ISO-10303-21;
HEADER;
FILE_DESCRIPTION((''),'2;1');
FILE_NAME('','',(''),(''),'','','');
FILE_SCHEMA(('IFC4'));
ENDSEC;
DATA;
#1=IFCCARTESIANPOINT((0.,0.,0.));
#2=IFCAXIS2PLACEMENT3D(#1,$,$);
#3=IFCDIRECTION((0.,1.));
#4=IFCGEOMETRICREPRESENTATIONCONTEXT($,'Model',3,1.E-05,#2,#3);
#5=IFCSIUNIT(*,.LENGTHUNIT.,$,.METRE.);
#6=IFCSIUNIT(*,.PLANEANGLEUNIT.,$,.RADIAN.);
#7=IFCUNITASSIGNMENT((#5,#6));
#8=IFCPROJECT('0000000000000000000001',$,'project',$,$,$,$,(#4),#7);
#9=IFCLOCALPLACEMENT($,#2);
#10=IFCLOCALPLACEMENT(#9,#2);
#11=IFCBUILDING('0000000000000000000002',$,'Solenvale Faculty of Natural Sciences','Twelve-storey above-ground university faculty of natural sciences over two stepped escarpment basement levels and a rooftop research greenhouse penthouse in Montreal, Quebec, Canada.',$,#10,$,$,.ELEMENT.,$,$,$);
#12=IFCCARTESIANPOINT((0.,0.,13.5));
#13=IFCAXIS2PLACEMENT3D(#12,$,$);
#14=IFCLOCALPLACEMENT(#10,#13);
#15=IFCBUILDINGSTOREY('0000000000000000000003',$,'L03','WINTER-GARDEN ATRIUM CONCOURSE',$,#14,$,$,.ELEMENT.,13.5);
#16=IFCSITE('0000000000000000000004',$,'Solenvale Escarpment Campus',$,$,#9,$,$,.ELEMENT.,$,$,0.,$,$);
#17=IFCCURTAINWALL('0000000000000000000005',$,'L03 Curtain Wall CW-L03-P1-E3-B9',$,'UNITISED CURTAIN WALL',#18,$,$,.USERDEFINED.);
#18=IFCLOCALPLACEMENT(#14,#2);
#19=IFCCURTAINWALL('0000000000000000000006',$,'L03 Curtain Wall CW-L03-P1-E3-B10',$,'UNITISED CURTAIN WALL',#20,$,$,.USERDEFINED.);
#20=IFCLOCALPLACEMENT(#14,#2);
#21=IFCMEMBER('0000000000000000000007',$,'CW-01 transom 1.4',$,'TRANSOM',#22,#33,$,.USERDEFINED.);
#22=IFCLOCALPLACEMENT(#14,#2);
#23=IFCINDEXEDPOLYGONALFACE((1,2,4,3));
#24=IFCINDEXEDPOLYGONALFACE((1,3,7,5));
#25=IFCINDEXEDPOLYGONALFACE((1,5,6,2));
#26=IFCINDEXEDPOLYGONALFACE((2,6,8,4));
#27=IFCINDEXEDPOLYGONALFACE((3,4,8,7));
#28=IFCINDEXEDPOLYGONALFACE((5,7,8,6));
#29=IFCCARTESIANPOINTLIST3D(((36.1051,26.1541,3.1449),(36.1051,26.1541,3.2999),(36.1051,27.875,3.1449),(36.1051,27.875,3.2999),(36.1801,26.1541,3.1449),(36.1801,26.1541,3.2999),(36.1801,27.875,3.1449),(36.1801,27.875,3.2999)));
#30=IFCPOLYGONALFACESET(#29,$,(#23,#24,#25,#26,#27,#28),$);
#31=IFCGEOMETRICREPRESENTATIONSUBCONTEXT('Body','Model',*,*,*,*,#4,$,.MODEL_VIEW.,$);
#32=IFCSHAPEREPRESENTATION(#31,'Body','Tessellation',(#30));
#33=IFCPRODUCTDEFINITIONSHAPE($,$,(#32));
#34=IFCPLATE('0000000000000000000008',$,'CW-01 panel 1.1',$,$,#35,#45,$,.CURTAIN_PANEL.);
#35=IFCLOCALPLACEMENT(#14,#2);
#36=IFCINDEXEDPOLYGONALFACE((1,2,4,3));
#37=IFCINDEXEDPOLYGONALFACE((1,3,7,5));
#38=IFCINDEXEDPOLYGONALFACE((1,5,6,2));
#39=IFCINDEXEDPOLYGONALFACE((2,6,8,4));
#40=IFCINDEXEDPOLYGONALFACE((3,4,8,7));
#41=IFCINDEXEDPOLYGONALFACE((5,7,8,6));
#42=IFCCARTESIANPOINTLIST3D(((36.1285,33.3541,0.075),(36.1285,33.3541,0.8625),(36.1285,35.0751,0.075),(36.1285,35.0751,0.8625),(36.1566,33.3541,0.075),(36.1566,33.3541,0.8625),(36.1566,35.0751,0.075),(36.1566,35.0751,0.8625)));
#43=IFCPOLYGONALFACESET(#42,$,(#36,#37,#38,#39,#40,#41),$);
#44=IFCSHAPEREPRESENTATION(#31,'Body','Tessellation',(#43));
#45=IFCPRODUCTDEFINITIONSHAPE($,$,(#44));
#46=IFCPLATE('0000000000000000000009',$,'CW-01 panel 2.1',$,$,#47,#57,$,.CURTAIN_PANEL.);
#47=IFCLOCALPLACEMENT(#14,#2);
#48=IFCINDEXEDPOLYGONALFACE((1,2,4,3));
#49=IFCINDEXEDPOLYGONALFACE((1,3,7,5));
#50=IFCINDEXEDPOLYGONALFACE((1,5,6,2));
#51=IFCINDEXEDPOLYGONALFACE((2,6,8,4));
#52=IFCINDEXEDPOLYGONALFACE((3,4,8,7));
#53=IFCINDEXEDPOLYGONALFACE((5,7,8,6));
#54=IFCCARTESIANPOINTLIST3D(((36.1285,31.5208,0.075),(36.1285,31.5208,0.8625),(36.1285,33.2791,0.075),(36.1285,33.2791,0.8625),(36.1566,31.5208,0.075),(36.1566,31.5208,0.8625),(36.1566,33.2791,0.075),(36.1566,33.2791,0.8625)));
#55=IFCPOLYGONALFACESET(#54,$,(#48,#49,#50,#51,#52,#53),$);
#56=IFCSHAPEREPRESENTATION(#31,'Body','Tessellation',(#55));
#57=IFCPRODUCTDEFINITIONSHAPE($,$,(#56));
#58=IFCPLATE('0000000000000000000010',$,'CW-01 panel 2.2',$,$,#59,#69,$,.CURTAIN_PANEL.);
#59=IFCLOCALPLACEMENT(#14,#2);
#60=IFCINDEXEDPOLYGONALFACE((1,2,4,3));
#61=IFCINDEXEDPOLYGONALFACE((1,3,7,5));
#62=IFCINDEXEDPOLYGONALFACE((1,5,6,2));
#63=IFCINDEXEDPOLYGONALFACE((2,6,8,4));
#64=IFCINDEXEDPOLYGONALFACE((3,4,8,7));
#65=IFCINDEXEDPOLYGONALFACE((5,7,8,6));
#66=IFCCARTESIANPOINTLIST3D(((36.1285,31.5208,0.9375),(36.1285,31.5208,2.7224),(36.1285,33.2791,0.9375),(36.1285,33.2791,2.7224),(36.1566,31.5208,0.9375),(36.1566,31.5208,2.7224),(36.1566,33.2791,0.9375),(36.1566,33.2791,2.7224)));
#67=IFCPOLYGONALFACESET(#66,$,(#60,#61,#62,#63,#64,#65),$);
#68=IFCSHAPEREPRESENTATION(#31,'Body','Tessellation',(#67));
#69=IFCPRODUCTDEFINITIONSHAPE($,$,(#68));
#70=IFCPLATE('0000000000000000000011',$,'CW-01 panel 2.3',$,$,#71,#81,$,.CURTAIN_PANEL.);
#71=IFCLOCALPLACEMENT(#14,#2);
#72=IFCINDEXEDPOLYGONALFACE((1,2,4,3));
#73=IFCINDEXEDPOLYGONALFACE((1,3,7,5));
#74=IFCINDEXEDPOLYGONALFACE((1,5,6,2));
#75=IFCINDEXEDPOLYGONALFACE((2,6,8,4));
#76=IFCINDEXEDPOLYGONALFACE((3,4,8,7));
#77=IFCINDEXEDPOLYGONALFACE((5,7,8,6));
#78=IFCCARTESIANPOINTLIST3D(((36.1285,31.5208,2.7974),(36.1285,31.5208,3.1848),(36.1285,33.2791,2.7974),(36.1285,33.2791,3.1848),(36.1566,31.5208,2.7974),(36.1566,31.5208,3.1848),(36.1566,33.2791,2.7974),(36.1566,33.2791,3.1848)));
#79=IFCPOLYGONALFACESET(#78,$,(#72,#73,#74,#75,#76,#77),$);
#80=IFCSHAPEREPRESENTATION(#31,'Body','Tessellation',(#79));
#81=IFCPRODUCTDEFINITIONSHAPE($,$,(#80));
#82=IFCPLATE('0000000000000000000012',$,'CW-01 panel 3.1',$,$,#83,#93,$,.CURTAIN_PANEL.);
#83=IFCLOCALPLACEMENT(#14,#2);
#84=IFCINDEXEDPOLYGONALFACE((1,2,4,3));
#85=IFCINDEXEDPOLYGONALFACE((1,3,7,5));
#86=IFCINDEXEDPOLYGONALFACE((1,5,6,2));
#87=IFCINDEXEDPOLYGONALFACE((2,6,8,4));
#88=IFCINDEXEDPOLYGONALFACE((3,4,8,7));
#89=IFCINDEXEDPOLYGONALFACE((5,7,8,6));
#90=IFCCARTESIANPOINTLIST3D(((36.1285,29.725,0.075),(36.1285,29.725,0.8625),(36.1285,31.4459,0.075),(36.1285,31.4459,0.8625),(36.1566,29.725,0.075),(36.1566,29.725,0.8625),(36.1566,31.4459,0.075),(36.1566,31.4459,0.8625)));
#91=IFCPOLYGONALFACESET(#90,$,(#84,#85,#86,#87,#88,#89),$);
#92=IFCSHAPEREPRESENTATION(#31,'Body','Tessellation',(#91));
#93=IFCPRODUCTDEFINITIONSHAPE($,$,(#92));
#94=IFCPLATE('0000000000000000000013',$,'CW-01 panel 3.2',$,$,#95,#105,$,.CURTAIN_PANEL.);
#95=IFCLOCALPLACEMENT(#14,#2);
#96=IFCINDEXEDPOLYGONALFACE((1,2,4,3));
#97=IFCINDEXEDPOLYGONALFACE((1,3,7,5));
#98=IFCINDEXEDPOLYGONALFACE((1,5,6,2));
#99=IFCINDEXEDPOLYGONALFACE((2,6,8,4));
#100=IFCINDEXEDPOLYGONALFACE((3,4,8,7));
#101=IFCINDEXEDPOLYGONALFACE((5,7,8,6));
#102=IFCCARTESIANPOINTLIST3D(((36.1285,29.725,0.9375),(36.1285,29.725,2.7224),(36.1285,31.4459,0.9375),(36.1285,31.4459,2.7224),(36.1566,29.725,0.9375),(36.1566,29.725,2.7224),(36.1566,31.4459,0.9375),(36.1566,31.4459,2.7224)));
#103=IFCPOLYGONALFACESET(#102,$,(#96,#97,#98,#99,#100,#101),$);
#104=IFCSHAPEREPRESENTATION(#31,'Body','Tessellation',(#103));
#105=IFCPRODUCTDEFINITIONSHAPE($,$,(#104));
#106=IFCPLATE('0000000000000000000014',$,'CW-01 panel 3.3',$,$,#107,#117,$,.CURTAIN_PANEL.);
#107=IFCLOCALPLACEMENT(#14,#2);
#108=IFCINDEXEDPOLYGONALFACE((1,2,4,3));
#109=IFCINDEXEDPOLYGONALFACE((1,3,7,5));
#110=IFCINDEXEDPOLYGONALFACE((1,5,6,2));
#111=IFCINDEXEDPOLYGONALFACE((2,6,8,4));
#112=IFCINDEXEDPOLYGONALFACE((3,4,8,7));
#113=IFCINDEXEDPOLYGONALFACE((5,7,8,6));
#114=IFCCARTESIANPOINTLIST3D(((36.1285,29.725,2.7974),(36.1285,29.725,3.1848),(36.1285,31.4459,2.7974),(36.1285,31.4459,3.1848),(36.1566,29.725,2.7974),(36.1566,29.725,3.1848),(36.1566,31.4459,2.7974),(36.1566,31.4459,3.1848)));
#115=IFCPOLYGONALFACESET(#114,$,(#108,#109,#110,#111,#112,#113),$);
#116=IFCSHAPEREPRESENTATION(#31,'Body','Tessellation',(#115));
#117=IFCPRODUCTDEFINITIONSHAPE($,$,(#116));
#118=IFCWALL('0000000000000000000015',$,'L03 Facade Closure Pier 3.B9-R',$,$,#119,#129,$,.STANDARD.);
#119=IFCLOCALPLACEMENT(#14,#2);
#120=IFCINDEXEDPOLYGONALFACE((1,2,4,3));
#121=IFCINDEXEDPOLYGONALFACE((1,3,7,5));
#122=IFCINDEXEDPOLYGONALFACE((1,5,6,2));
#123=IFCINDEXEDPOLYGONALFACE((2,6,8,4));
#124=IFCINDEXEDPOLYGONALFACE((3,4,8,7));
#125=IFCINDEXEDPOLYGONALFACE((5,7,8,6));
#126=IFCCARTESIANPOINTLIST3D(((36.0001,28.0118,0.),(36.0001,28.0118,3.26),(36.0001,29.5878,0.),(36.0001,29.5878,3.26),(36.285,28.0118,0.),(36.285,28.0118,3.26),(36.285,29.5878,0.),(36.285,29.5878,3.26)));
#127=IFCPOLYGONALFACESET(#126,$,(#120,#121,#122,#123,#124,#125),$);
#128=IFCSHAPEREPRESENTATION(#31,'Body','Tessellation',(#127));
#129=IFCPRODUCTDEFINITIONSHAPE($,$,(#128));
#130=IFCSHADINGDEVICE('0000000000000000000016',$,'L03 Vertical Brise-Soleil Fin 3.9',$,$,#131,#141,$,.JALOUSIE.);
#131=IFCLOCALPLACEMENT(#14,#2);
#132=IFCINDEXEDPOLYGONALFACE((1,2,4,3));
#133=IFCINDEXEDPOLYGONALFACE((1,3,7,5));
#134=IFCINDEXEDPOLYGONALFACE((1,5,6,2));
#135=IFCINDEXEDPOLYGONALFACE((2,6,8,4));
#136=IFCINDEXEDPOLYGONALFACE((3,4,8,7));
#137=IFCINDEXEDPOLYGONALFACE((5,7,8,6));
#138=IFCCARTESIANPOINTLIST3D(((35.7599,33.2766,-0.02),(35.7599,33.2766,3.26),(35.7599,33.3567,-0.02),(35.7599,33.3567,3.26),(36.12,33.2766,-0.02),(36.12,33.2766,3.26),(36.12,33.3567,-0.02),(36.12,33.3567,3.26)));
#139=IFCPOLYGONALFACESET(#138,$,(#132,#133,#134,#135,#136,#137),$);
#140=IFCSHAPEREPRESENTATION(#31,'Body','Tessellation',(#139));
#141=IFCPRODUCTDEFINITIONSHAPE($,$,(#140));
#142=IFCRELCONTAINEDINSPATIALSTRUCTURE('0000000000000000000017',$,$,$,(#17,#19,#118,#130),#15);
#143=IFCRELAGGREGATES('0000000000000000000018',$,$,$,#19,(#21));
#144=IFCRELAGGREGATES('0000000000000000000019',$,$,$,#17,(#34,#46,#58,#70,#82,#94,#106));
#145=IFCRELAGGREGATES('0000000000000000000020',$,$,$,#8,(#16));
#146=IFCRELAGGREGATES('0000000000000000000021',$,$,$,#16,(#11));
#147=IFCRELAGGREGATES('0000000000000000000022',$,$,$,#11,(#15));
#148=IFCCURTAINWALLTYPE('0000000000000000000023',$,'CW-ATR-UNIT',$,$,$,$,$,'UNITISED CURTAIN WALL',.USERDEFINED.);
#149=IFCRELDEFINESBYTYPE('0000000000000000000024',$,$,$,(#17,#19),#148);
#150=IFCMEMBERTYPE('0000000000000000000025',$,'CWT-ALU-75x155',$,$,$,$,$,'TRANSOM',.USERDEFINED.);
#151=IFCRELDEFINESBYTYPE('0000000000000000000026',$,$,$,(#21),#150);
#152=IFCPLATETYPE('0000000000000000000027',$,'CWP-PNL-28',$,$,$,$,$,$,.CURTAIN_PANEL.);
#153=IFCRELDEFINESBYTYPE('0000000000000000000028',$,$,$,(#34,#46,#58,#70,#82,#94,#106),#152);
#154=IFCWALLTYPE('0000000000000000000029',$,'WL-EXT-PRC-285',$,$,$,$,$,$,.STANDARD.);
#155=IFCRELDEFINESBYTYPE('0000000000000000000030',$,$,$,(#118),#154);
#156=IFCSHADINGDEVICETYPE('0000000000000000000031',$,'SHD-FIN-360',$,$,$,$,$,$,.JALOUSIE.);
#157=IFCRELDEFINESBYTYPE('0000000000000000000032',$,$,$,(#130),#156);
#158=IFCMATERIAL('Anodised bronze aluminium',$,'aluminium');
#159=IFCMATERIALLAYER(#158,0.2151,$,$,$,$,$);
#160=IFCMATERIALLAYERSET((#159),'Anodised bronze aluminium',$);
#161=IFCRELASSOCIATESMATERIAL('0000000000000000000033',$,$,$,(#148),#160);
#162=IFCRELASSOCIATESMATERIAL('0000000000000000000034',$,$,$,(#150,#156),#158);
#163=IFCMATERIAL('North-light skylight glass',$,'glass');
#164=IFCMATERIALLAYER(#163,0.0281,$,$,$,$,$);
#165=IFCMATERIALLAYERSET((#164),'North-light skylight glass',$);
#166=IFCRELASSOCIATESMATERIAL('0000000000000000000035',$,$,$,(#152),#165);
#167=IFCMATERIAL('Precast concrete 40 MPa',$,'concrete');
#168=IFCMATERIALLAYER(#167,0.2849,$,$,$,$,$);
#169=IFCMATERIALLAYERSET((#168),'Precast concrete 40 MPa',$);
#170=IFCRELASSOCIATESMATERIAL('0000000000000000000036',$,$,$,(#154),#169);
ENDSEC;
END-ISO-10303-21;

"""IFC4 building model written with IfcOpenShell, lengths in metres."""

from ifc_helpers import new_model, si_unit, direction, frame, frame_2d, origin, origin_2d, place, context, subcontext, project, spatial, rectangle, extrude, material, layer, layer_set, material_profile, profile_set, type_object, element, aggregate, save


model = new_model("IFC4")

# Units and contexts
model_context = context("Model", 3, precision=1e-05, world=origin(), true_north=direction((0.0, 1.0)))
body_context = subcontext(model_context, "Body", "Model", "MODEL_VIEW")
ifc_project = project(units=[si_unit("LENGTHUNIT", "METRE"), si_unit("PLANEANGLEUNIT", "RADIAN")], contexts=[model_context])

# Site, building, storey
site_placement = place(None, origin())
site = spatial("IfcSite", under=ifc_project, at=site_placement, Name="Solenvale Escarpment Campus", CompositionType="ELEMENT", RefElevation=0.0)
building_placement = place(site_placement, origin())
building = spatial("IfcBuilding", under=site, at=building_placement, Name="Solenvale Faculty of Natural Sciences", Description="Twelve-storey above-ground university faculty of natural sciences over two stepped escarpment basement levels and a rooftop research greenhouse penthouse in Montreal, Quebec, Canada.", CompositionType="ELEMENT")
storey_placement = place(building_placement, frame((0.0, 0.0, 13.5)))
storey = spatial("IfcBuildingStorey", under=building, at=storey_placement, Name="L03", Description="WINTER-GARDEN ATRIUM CONCOURSE", CompositionType="ELEMENT", Elevation=13.5)

# Curtain wall
ifc_material_1 = material(Name="Anodised bronze aluminium", Category="aluminium")
ifc_layer_1 = layer(ifc_material_1, 0.2151)
ifc_layer_set_1 = layer_set([ifc_layer_1], Name="Anodised bronze aluminium")
curtain_wall_type = type_object("IfcCurtainWallType", Name="CW-ATR-UNIT", ElementType="UNITISED CURTAIN WALL", PredefinedType="USERDEFINED", material=ifc_layer_set_1)
curtain_wall_1_placement = place(storey_placement, origin())
curtain_wall_1 = element("IfcCurtainWall", 1, at=curtain_wall_1_placement, inside=storey, type_object=curtain_wall_type, Name="L03 Curtain Wall CW-L03-P1-E3-B9", ObjectType="UNITISED CURTAIN WALL", PredefinedType="USERDEFINED")

# Curtain wall
curtain_wall_2_placement = place(storey_placement, origin())
curtain_wall_2 = element("IfcCurtainWall", 2, at=curtain_wall_2_placement, inside=storey, type_object=curtain_wall_type, Name="L03 Curtain Wall CW-L03-P1-E3-B10", ObjectType="UNITISED CURTAIN WALL", PredefinedType="USERDEFINED")

# Member
ifc_material_profile_1 = material_profile(ifc_material_1, rectangle(XDim=0.075, YDim=0.155, at=origin_2d()), Name="ALU-TRN-75x155")
ifc_profile_set_1 = profile_set([ifc_material_profile_1], Name="Anodised bronze aluminium")
member_type_1 = type_object("IfcMemberType", Name="CWT-ALU-75x155", ElementType="TRANSOM", PredefinedType="USERDEFINED", material=ifc_profile_set_1)
member_1_placement = place(storey_placement, frame((36.1426, 27.875, 3.2224), z_axis=(0.0, -1.0, 0.0), x_axis=(1.0, 0.0, 0.0)))
member_1 = element("IfcMember", 3, at=member_1_placement, type_object=member_type_1, Name="CW-01 transom 1.4", ObjectType="TRANSOM", PredefinedType="USERDEFINED", context=body_context, shape_type="SweptSolid", body=[
    extrude(rectangle(XDim=0.075, YDim=0.155, at=origin_2d()), origin(), (0.0, 0.0, 1.0), 1.7209),
])
aggregate(curtain_wall_2, [member_1])

# Plates
ifc_material_2 = material(Name="North-light skylight glass", Category="glass")
ifc_layer_2 = layer(ifc_material_2, 0.0281)
ifc_layer_set_2 = layer_set([ifc_layer_2], Name="North-light skylight glass")
plate_type = type_object("IfcPlateType", Name="CWP-PNL-28", PredefinedType="CURTAIN_PANEL", material=ifc_layer_set_2)
plate_1_placement = place(storey_placement, frame((36.1426, 34.2146, 0.075), z_axis=(0.0, 0.0, 1.0), x_axis=(0.0, -1.0, 0.0)))
plate_1 = element("IfcPlate", 4, at=plate_1_placement, type_object=plate_type, Name="CW-01 panel 1.1", PredefinedType="CURTAIN_PANEL", context=body_context, shape_type="SweptSolid", body=[
    extrude(rectangle(XDim=1.7209, YDim=0.0281, at=origin_2d()), origin(), (0.0, 0.0, 1.0), 0.7876),
])
plate_2_placement = place(storey_placement, frame((36.1426, 32.3999, 0.075), z_axis=(0.0, 0.0, 1.0), x_axis=(0.0, -1.0, 0.0)))
plate_2 = element("IfcPlate", 5, at=plate_2_placement, type_object=plate_type, Name="CW-01 panel 2.1", PredefinedType="CURTAIN_PANEL", context=body_context, shape_type="SweptSolid", body=[
    extrude(rectangle(XDim=1.7583, YDim=0.0281, at=origin_2d()), origin(), (0.0, 0.0, 1.0), 0.7876),
])
plate_3_placement = place(storey_placement, frame((36.1426, 32.3999, 0.9375), z_axis=(0.0, 0.0, 1.0), x_axis=(0.0, -1.0, 0.0)))
plate_3 = element("IfcPlate", 6, at=plate_3_placement, type_object=plate_type, Name="CW-01 panel 2.2", PredefinedType="CURTAIN_PANEL", context=body_context, shape_type="SweptSolid", body=[
    extrude(rectangle(XDim=1.7583, YDim=0.0281, at=origin_2d()), origin(), (0.0, 0.0, 1.0), 1.7849),
])
plate_4_placement = place(storey_placement, frame((36.1426, 32.3999, 2.7974), z_axis=(0.0, 0.0, 1.0), x_axis=(0.0, -1.0, 0.0)))
plate_4 = element("IfcPlate", 7, at=plate_4_placement, type_object=plate_type, Name="CW-01 panel 2.3", PredefinedType="CURTAIN_PANEL", context=body_context, shape_type="SweptSolid", body=[
    extrude(rectangle(XDim=1.7583, YDim=0.0281, at=origin_2d()), origin(), (0.0, 0.0, 1.0), 0.3875),
])
plate_5_placement = place(storey_placement, frame((36.1426, 30.5854, 0.075), z_axis=(0.0, 0.0, 1.0), x_axis=(0.0, -1.0, 0.0)))
plate_5 = element("IfcPlate", 8, at=plate_5_placement, type_object=plate_type, Name="CW-01 panel 3.1", PredefinedType="CURTAIN_PANEL", context=body_context, shape_type="SweptSolid", body=[
    extrude(rectangle(XDim=1.7209, YDim=0.0281, at=origin_2d()), origin(), (0.0, 0.0, 1.0), 0.7876),
])
plate_6_placement = place(storey_placement, frame((36.1426, 30.5854, 0.9375), z_axis=(0.0, 0.0, 1.0), x_axis=(0.0, -1.0, 0.0)))
plate_6 = element("IfcPlate", 9, at=plate_6_placement, type_object=plate_type, Name="CW-01 panel 3.2", PredefinedType="CURTAIN_PANEL", context=body_context, shape_type="SweptSolid", body=[
    extrude(rectangle(XDim=1.7209, YDim=0.0281, at=origin_2d()), origin(), (0.0, 0.0, 1.0), 1.7849),
])
plate_7_placement = place(storey_placement, frame((36.1426, 30.5854, 2.7974), z_axis=(0.0, 0.0, 1.0), x_axis=(0.0, -1.0, 0.0)))
plate_7 = element("IfcPlate", 10, at=plate_7_placement, type_object=plate_type, Name="CW-01 panel 3.3", PredefinedType="CURTAIN_PANEL", context=body_context, shape_type="SweptSolid", body=[
    extrude(rectangle(XDim=1.7209, YDim=0.0281, at=origin_2d()), origin(), (0.0, 0.0, 1.0), 0.3875),
])
aggregate(curtain_wall_1, [plate_1, plate_2, plate_3, plate_4, plate_5, plate_6, plate_7])

# Wall
ifc_material_3 = material(Name="Precast concrete 40 MPa", Category="concrete")
ifc_layer_3 = layer(ifc_material_3, 0.2849)
ifc_layer_set_3 = layer_set([ifc_layer_3], Name="Precast concrete 40 MPa")
wall_type = type_object("IfcWallType", Name="WL-EXT-PRC-285", PredefinedType="STANDARD", material=ifc_layer_set_3)
wall_placement = place(storey_placement, frame((36.1426, 29.5879, 0.0), z_axis=(0.0, 0.0, 1.0), x_axis=(0.0, -1.0, 0.0)))
element("IfcWall", 11, at=wall_placement, inside=storey, type_object=wall_type, Name="L03 Facade Closure Pier 3.B9-R", PredefinedType="STANDARD", context=body_context, shape_type="SweptSolid", body=[
    extrude(rectangle(XDim=1.5759, YDim=0.2849, at=frame_2d((0.7881, 0.0))), origin(), (0.0, 0.0, 1.0), 3.26),
])

# Shading device
ifc_material_profile_2 = material_profile(ifc_material_1, rectangle(XDim=0.0801, YDim=0.3601, at=origin_2d()), Name="ALU-FIN-80x360")
ifc_profile_set_2 = profile_set([ifc_material_profile_2], Name="Anodised bronze aluminium")
shading_device_type = type_object("IfcShadingDeviceType", Name="SHD-FIN-360", PredefinedType="JALOUSIE", material=ifc_profile_set_2)
shading_device_placement = place(storey_placement, frame((35.9399, 33.3167, -0.02), z_axis=(0.0, 0.0, 1.0), x_axis=(0.0, 1.0, 0.0)))
element("IfcShadingDevice", 12, at=shading_device_placement, inside=storey, type_object=shading_device_type, Name="L03 Vertical Brise-Soleil Fin 3.9", PredefinedType="JALOUSIE", context=body_context, shape_type="SweptSolid", body=[
    extrude(rectangle(XDim=0.0801, YDim=0.3601, at=origin_2d()), origin(), (0.0, 0.0, 1.0), 3.28),
])

save(model, "model.ifc")
